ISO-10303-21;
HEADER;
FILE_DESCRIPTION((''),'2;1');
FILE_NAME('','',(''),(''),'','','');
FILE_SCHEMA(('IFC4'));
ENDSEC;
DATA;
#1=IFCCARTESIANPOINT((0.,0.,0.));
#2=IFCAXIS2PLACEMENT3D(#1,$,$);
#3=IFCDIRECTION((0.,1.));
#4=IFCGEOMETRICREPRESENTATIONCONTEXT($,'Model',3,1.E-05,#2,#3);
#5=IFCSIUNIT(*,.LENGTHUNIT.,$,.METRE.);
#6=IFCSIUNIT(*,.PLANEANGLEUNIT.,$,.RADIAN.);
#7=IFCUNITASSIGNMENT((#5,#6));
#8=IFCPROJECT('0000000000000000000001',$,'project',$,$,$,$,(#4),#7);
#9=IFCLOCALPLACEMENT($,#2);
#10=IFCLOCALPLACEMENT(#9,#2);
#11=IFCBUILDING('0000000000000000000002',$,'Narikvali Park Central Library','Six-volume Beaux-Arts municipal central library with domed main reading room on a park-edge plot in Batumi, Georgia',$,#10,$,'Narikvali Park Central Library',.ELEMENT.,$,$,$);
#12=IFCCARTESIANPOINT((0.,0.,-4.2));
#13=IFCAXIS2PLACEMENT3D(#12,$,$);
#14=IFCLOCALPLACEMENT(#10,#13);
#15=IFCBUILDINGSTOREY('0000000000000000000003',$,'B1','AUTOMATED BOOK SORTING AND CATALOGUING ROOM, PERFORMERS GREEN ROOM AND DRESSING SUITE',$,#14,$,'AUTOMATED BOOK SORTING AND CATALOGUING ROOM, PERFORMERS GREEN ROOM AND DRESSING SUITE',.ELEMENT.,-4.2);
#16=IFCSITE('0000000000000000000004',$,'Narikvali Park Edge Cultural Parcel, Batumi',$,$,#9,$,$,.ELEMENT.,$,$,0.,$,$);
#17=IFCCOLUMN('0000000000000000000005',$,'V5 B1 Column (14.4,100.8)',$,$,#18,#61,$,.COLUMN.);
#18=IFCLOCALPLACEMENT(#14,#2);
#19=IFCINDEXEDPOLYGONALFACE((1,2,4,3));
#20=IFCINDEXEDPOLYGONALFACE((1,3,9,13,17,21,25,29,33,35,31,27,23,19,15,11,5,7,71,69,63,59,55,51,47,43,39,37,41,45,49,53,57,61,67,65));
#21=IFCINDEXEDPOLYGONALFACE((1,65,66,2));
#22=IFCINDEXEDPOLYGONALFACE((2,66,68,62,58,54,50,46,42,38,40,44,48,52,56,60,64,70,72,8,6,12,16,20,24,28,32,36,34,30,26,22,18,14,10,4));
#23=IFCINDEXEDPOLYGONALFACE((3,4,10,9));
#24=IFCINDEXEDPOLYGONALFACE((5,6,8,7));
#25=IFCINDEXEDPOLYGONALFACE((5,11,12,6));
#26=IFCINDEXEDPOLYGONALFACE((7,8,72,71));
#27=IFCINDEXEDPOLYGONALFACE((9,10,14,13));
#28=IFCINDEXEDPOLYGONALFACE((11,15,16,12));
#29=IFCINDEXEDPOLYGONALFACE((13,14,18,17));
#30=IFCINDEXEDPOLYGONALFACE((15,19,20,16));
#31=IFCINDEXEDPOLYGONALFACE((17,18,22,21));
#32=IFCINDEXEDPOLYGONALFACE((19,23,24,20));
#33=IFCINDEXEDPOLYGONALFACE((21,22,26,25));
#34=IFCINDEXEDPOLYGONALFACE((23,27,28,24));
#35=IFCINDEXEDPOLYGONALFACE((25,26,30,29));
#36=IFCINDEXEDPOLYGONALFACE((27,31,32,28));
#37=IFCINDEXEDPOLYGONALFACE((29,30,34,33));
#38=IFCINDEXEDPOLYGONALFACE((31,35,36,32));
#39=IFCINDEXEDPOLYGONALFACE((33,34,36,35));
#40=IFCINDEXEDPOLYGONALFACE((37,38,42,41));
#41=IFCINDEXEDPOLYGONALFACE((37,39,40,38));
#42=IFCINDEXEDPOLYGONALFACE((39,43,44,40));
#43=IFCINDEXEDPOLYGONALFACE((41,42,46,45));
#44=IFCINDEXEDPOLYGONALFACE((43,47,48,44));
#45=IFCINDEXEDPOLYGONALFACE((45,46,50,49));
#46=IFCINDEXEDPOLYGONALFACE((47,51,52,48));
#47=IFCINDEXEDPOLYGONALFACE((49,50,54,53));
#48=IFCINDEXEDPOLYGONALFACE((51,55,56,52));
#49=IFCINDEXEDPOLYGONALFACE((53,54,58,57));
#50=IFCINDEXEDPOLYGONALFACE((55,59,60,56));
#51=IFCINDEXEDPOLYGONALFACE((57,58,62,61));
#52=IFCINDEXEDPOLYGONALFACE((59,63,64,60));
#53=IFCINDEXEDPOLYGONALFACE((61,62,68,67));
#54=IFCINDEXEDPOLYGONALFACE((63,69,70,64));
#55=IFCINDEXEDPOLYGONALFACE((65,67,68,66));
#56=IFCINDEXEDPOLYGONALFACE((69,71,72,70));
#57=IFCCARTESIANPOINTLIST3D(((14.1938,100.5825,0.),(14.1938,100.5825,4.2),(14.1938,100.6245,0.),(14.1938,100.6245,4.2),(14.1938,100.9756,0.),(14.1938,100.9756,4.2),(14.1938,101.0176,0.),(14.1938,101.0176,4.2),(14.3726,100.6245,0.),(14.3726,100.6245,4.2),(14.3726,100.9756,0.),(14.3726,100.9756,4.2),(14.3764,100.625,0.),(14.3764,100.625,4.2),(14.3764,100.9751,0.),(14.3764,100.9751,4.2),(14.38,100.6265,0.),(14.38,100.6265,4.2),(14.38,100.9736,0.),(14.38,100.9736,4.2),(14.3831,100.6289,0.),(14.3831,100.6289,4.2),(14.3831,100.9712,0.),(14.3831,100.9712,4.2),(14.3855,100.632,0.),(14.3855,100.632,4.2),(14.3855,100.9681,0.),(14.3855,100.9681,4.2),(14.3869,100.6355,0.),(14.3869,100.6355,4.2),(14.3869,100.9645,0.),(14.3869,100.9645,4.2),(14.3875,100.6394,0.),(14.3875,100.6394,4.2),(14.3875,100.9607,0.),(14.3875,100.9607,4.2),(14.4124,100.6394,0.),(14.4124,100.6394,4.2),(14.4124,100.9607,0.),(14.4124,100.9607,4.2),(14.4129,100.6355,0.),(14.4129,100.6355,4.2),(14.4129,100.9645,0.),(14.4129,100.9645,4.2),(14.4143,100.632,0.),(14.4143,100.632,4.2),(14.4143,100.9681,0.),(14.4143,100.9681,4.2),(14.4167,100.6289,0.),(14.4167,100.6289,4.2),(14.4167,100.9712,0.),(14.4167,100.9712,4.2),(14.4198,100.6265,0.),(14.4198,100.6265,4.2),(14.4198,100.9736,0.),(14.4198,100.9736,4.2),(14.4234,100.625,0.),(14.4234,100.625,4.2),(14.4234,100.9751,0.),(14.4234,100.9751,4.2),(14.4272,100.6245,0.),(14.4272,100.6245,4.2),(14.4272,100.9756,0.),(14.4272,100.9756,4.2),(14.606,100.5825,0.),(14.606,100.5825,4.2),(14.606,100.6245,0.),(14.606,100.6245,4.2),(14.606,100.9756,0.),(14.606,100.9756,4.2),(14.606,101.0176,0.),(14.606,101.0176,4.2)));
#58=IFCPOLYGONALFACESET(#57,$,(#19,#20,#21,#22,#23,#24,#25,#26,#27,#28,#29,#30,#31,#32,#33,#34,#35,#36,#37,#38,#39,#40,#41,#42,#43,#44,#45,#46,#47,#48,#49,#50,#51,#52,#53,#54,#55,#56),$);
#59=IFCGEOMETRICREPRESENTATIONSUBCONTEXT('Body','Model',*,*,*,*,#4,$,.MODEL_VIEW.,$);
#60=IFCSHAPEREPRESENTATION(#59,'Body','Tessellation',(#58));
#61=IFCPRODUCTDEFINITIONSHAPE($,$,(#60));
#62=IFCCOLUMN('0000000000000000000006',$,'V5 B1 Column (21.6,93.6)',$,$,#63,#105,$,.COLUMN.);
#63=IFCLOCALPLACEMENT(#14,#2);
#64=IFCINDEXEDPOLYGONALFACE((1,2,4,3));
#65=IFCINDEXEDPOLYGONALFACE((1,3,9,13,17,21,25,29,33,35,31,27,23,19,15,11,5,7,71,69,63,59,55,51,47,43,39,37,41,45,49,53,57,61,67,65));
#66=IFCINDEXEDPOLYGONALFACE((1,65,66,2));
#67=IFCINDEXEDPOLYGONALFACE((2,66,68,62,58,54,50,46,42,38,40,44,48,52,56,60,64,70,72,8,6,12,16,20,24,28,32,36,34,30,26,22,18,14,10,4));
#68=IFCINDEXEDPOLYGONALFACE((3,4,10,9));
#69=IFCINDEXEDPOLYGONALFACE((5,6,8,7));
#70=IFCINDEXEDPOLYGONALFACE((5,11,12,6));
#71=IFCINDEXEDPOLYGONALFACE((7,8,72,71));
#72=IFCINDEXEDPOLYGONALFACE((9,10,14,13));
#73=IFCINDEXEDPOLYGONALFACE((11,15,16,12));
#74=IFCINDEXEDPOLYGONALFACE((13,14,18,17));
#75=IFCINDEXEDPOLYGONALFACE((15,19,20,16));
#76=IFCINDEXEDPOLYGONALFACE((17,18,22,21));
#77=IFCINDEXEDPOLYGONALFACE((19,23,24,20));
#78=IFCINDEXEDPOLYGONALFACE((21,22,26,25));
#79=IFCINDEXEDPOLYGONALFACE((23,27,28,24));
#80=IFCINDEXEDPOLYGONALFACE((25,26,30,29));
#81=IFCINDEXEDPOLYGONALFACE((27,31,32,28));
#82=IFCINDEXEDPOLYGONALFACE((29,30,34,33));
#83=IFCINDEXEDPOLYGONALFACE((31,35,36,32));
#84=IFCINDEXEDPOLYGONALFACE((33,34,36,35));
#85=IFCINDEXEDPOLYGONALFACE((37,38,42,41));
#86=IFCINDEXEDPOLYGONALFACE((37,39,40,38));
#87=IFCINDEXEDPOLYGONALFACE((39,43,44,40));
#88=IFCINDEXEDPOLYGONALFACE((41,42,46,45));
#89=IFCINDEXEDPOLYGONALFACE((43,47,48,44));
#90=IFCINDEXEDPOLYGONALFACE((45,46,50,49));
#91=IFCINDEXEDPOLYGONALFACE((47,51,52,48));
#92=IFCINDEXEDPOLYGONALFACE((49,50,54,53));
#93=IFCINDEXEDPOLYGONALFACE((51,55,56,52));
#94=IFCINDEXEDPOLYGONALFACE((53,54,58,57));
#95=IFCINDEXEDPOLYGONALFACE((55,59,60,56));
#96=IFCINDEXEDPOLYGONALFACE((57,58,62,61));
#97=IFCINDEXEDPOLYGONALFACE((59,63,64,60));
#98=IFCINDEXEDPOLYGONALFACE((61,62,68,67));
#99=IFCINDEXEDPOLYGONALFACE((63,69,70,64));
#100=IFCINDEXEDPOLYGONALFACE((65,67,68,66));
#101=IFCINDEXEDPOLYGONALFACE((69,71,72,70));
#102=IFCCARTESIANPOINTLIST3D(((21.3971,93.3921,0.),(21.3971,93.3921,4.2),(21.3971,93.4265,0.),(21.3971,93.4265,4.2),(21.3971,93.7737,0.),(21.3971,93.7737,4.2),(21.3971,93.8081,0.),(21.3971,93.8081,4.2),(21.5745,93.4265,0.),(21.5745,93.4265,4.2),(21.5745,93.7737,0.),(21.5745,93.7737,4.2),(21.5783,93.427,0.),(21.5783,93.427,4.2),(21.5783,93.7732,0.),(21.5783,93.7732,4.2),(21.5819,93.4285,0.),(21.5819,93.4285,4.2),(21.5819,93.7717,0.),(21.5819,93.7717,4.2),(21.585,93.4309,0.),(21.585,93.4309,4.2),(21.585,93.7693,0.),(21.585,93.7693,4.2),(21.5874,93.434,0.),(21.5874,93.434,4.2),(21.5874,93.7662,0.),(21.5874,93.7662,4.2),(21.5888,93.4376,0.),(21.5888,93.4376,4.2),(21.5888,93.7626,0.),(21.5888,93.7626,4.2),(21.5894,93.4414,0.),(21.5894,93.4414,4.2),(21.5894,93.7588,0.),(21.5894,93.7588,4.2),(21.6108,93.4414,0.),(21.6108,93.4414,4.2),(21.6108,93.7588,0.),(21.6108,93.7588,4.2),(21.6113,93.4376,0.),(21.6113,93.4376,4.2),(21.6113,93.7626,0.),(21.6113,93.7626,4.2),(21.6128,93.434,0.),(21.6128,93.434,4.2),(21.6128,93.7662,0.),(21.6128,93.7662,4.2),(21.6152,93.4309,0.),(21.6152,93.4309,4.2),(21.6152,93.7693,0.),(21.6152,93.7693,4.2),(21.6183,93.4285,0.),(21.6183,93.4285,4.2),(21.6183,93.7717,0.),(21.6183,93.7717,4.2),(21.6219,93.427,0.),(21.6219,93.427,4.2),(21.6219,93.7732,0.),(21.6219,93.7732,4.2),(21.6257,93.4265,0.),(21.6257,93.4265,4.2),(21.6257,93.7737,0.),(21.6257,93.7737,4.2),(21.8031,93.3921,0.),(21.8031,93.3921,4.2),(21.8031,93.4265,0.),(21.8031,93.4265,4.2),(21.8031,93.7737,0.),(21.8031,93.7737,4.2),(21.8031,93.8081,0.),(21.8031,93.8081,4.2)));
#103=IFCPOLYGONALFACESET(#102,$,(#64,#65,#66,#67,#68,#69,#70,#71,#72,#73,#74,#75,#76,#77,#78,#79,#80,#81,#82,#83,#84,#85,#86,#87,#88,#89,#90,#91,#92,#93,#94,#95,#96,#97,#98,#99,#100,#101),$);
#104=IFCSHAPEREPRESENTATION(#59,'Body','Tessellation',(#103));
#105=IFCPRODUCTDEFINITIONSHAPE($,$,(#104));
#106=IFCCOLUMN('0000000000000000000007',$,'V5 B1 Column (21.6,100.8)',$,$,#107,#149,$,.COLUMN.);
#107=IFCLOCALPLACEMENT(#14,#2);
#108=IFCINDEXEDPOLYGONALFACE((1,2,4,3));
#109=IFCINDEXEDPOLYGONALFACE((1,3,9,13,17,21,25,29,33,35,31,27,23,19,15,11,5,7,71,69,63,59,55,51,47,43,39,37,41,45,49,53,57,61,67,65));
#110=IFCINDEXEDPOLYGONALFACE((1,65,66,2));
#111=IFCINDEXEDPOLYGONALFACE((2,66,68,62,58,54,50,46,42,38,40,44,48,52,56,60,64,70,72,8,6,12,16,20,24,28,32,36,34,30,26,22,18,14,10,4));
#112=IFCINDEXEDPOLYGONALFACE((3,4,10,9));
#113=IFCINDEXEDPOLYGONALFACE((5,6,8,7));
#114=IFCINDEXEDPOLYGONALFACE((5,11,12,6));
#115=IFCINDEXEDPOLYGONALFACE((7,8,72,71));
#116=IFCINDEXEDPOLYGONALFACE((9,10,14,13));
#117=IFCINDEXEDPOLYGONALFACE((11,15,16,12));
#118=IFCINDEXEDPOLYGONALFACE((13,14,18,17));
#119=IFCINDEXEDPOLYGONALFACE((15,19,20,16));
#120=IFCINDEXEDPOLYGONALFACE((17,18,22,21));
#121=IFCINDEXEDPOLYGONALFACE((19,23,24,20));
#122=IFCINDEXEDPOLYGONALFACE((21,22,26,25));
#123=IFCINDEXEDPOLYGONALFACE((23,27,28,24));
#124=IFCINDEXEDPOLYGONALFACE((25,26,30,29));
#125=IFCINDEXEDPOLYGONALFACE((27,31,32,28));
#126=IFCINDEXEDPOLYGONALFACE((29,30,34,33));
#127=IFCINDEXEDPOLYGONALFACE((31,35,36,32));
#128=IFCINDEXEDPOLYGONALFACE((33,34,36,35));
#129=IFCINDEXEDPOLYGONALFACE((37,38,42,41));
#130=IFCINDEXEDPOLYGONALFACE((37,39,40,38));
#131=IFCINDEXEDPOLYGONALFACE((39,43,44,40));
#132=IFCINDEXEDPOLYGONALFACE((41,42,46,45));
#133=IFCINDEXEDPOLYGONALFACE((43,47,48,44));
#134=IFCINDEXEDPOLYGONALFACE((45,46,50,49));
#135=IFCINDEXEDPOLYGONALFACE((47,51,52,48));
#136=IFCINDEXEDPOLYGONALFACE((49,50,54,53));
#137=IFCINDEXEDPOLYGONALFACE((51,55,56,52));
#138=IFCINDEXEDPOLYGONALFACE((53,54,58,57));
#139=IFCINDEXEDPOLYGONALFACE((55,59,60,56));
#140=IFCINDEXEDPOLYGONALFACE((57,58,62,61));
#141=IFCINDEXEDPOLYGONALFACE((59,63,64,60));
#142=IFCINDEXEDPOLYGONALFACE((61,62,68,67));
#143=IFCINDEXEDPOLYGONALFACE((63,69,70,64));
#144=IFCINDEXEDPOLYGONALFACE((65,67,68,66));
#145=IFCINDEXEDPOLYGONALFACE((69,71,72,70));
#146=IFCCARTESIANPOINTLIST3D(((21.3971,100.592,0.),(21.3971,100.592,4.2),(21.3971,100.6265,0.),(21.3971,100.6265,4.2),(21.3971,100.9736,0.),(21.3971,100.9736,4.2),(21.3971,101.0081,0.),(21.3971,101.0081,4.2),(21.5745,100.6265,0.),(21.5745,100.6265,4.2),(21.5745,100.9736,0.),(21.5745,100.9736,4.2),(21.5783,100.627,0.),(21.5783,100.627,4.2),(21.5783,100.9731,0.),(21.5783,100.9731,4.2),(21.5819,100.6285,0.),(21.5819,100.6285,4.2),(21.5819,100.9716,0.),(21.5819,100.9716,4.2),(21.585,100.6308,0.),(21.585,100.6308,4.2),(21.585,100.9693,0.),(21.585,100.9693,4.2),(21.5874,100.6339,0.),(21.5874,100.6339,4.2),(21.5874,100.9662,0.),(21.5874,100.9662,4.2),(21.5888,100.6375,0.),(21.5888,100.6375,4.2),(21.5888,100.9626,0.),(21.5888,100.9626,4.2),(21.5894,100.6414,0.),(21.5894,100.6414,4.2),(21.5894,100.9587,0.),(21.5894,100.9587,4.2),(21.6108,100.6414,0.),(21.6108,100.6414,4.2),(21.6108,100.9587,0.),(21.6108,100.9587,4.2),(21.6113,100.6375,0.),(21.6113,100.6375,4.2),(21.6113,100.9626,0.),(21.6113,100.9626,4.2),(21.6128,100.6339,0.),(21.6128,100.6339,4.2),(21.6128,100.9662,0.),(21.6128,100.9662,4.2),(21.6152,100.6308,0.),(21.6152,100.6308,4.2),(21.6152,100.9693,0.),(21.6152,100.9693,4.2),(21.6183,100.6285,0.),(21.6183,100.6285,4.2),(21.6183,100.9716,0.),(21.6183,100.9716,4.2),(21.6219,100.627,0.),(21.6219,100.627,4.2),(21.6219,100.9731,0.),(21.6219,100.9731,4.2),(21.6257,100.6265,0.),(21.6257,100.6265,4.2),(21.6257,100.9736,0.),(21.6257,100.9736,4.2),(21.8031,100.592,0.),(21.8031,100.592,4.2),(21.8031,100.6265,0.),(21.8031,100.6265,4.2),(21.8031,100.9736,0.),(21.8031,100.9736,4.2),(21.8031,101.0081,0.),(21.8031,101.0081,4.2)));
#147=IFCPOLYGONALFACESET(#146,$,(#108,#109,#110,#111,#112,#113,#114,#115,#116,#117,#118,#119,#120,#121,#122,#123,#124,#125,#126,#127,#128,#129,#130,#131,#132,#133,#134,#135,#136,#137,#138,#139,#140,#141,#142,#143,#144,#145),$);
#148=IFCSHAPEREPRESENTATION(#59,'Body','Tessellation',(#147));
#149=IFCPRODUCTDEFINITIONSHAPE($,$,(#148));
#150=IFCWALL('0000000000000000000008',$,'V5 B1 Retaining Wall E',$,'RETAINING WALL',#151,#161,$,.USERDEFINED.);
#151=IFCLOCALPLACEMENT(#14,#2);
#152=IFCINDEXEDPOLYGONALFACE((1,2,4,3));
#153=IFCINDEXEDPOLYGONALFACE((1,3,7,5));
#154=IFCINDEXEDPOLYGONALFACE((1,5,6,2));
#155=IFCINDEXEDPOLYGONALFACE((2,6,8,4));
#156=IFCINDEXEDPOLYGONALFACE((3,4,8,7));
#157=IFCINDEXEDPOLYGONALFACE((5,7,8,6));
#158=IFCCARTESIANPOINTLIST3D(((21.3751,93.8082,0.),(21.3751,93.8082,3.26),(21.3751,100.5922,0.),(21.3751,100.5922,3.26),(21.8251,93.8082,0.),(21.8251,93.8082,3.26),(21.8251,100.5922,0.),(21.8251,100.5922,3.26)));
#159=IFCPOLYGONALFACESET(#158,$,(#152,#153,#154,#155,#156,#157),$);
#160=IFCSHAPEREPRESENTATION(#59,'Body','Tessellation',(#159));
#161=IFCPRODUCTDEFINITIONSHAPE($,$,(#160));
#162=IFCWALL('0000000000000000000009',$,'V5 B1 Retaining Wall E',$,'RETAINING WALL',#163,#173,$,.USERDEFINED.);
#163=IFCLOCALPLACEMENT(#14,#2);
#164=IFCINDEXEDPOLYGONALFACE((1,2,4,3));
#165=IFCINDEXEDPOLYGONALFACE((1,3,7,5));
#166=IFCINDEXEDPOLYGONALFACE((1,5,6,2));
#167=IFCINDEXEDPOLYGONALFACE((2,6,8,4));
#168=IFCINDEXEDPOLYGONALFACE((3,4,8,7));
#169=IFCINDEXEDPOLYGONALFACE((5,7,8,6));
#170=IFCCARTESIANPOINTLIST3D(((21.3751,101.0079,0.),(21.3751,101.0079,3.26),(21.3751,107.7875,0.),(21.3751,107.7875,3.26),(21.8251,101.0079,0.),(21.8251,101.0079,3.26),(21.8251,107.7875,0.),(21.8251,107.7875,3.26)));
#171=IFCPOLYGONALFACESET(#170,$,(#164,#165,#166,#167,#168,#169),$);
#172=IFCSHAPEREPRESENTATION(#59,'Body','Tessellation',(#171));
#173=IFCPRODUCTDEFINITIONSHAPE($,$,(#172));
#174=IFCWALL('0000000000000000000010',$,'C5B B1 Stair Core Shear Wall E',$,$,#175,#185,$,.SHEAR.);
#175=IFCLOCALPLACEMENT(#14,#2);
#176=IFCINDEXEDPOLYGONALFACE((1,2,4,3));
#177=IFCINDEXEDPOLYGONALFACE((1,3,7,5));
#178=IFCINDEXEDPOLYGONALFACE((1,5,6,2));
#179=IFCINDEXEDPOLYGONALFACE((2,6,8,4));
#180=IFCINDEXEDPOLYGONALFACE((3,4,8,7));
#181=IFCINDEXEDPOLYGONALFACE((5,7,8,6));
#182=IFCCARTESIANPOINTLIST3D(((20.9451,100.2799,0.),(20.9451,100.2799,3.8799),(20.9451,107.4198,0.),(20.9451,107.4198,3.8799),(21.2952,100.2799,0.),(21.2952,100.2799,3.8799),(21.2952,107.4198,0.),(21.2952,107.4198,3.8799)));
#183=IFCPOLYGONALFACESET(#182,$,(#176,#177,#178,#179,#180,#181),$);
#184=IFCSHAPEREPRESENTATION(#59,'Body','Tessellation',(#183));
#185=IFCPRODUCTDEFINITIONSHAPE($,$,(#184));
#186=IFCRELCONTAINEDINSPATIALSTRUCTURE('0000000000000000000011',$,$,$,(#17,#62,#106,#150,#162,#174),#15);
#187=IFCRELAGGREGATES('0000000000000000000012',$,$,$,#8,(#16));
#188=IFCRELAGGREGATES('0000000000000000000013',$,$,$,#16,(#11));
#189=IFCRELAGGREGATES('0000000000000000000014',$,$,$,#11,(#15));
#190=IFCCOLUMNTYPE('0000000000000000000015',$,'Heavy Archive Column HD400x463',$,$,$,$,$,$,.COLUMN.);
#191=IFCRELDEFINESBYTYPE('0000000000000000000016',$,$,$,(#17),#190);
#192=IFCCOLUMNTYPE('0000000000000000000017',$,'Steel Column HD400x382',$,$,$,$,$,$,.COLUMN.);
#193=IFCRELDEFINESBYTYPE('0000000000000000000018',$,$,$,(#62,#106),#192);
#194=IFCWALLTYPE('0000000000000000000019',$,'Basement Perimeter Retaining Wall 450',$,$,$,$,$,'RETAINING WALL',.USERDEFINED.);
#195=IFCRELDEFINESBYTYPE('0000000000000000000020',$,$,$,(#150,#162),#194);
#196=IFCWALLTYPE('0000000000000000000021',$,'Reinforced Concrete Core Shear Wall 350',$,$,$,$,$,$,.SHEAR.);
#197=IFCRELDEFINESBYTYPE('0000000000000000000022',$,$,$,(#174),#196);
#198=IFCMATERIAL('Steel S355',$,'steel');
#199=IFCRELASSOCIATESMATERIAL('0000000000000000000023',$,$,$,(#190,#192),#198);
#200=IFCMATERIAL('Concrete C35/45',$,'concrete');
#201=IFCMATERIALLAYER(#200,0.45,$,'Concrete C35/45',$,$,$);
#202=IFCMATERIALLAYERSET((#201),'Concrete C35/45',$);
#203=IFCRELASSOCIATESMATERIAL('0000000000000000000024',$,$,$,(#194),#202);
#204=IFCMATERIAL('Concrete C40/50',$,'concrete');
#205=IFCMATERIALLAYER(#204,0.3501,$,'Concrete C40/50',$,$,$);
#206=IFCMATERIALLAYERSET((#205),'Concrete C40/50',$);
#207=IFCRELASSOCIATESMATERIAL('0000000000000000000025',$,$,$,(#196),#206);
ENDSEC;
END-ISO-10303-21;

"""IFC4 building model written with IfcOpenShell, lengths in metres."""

from ifc_helpers import new_model, si_unit, direction, frame, frame_2d, origin, origin_2d, place, context, subcontext, project, spatial, rectangle, i_section, extrude, material, layer, layer_set, material_profile, profile_set, type_object, element, save


model = new_model("IFC4")

# Units and contexts
model_context = context("Model", 3, precision=1e-05, world=origin(), true_north=direction((0.0, 1.0)))
body_context = subcontext(model_context, "Body", "Model", "MODEL_VIEW")
ifc_project = project(units=[si_unit("LENGTHUNIT", "METRE"), si_unit("PLANEANGLEUNIT", "RADIAN")], contexts=[model_context])

# Site, building, storey
site_placement = place(None, origin())
site = spatial("IfcSite", under=ifc_project, at=site_placement, Name="Narikvali Park Edge Cultural Parcel, Batumi", CompositionType="ELEMENT", RefElevation=0.0)
building_placement = place(site_placement, origin())
building = spatial("IfcBuilding", under=site, at=building_placement, Name="Narikvali Park Central Library", Description="Six-volume Beaux-Arts municipal central library with domed main reading room on a park-edge plot in Batumi, Georgia", LongName="Narikvali Park Central Library", CompositionType="ELEMENT")
storey_placement = place(building_placement, frame((0.0, 0.0, -4.2)))
storey = spatial("IfcBuildingStorey", under=building, at=storey_placement, Name="B1", Description="AUTOMATED BOOK SORTING AND CATALOGUING ROOM, PERFORMERS GREEN ROOM AND DRESSING SUITE", LongName="AUTOMATED BOOK SORTING AND CATALOGUING ROOM, PERFORMERS GREEN ROOM AND DRESSING SUITE", CompositionType="ELEMENT", Elevation=-4.2)

# Shared definitions
ifc_material_1 = material(Name="Concrete C35/45", Category="concrete")

# Columns
ifc_material_2 = material(Name="Steel S355", Category="steel")
ifc_material_profile_1 = material_profile(ifc_material_2, i_section(OverallWidth=0.4121, OverallDepth=0.4351, WebThickness=0.0249, FlangeThickness=0.042, FilletRadius=0.0149, at=origin_2d()), Name="HD 400x463")
ifc_profile_set_1 = profile_set([ifc_material_profile_1], Name="Steel S355")
column_type_1 = type_object("IfcColumnType", Name="Heavy Archive Column HD400x463", PredefinedType="COLUMN", material=ifc_profile_set_1)
column_placement = place(storey_placement, frame((14.3999, 100.8, 0.0), z_axis=(0.0, 0.0, 1.0), x_axis=(1.0, 0.0, 0.0)))
element("IfcColumn", 1, at=column_placement, inside=storey, type_object=column_type_1, Name="V5 B1 Column (14.4,100.8)", PredefinedType="COLUMN", context=body_context, shape_type="SweptSolid", body=[
    extrude(i_section(OverallWidth=0.4121, OverallDepth=0.4351, WebThickness=0.0249, FlangeThickness=0.042, FilletRadius=0.0149, at=origin_2d()), origin(), (0.0, 0.0, 1.0), 4.2),
])
ifc_material_profile_2 = material_profile(ifc_material_2, i_section(OverallWidth=0.406, OverallDepth=0.416, WebThickness=0.0215, FlangeThickness=0.0344, FilletRadius=0.0149, at=origin_2d()), Name="HD 400x382")
ifc_profile_set_2 = profile_set([ifc_material_profile_2], Name="Steel S355")
column_type_2 = type_object("IfcColumnType", Name="Steel Column HD400x382", PredefinedType="COLUMN", material=ifc_profile_set_2)
for number, where, z_axis, x_axis, name in (
    (2, (21.6001, 93.6001, 0.0), (0.0, 0.0, 1.0), (1.0, 0.0, 0.0), "V5 B1 Column (21.6,93.6)"),
    (3, (21.6001, 100.8, 0.0), (0.0, 0.0, 1.0), (1.0, 0.0, 0.0), "V5 B1 Column (21.6,100.8)"),
):
    element("IfcColumn", number, at=place(storey_placement, frame(where, z_axis=z_axis, x_axis=x_axis)), inside=storey, type_object=column_type_2, Name=name, PredefinedType="COLUMN", context=body_context, shape_type="SweptSolid", body=[
        extrude(i_section(OverallWidth=0.406, OverallDepth=0.416, WebThickness=0.0215, FlangeThickness=0.0344, FilletRadius=0.0149, at=origin_2d()), origin(), (0.0, 0.0, 1.0), 4.2),
    ])

# Walls
ifc_layer_1 = layer(ifc_material_1, 0.45, Name="Concrete C35/45")
ifc_layer_set_1 = layer_set([ifc_layer_1], Name="Concrete C35/45")
wall_type_1 = type_object("IfcWallType", Name="Basement Perimeter Retaining Wall 450", ElementType="RETAINING WALL", PredefinedType="USERDEFINED", material=ifc_layer_set_1)
wall_1_placement = place(storey_placement, frame((21.6001, 93.8081, 0.0), z_axis=(0.0, 0.0, 1.0), x_axis=(0.0, 1.0, 0.0)))
element("IfcWall", 4, at=wall_1_placement, inside=storey, type_object=wall_type_1, Name="V5 B1 Retaining Wall E", ObjectType="RETAINING WALL", PredefinedType="USERDEFINED", context=body_context, shape_type="SweptSolid", body=[
    extrude(rectangle(XDim=6.7839, YDim=0.45, at=frame_2d((3.3921, 0.0))), origin(), (0.0, 0.0, 1.0), 3.26),
])
wall_2_placement = place(storey_placement, frame((21.6001, 101.0081, 0.0), z_axis=(0.0, 0.0, 1.0), x_axis=(0.0, 1.0, 0.0)))
element("IfcWall", 5, at=wall_2_placement, inside=storey, type_object=wall_type_1, Name="V5 B1 Retaining Wall E", ObjectType="RETAINING WALL", PredefinedType="USERDEFINED", context=body_context, shape_type="SweptSolid", body=[
    extrude(rectangle(XDim=6.7795, YDim=0.45, at=frame_2d((3.3896, 0.0))), origin(), (0.0, 0.0, 1.0), 3.26),
])

# Shared definitions
ifc_material_3 = material(Name="Concrete C40/50", Category="concrete")
ifc_layer_2 = layer(ifc_material_3, 0.3501, Name="Concrete C40/50")
ifc_layer_set_2 = layer_set([ifc_layer_2], Name="Concrete C40/50")
wall_type_2 = type_object("IfcWallType", Name="Reinforced Concrete Core Shear Wall 350", PredefinedType="SHEAR", material=ifc_layer_set_2)

# Wall
wall_3_placement = place(storey_placement, frame((21.1201, 100.28, 0.0), z_axis=(0.0, 0.0, 1.0), x_axis=(0.0, 1.0, 0.0)))
element("IfcWall", 6, at=wall_3_placement, inside=storey, type_object=wall_type_2, Name="C5B B1 Stair Core Shear Wall E", PredefinedType="SHEAR", context=body_context, shape_type="SweptSolid", body=[
    extrude(rectangle(XDim=7.1399, YDim=0.3501, at=frame_2d((3.5698, 0.0))), origin(), (0.0, 0.0, 1.0), 3.8799),
])

save(model, "model.ifc")
